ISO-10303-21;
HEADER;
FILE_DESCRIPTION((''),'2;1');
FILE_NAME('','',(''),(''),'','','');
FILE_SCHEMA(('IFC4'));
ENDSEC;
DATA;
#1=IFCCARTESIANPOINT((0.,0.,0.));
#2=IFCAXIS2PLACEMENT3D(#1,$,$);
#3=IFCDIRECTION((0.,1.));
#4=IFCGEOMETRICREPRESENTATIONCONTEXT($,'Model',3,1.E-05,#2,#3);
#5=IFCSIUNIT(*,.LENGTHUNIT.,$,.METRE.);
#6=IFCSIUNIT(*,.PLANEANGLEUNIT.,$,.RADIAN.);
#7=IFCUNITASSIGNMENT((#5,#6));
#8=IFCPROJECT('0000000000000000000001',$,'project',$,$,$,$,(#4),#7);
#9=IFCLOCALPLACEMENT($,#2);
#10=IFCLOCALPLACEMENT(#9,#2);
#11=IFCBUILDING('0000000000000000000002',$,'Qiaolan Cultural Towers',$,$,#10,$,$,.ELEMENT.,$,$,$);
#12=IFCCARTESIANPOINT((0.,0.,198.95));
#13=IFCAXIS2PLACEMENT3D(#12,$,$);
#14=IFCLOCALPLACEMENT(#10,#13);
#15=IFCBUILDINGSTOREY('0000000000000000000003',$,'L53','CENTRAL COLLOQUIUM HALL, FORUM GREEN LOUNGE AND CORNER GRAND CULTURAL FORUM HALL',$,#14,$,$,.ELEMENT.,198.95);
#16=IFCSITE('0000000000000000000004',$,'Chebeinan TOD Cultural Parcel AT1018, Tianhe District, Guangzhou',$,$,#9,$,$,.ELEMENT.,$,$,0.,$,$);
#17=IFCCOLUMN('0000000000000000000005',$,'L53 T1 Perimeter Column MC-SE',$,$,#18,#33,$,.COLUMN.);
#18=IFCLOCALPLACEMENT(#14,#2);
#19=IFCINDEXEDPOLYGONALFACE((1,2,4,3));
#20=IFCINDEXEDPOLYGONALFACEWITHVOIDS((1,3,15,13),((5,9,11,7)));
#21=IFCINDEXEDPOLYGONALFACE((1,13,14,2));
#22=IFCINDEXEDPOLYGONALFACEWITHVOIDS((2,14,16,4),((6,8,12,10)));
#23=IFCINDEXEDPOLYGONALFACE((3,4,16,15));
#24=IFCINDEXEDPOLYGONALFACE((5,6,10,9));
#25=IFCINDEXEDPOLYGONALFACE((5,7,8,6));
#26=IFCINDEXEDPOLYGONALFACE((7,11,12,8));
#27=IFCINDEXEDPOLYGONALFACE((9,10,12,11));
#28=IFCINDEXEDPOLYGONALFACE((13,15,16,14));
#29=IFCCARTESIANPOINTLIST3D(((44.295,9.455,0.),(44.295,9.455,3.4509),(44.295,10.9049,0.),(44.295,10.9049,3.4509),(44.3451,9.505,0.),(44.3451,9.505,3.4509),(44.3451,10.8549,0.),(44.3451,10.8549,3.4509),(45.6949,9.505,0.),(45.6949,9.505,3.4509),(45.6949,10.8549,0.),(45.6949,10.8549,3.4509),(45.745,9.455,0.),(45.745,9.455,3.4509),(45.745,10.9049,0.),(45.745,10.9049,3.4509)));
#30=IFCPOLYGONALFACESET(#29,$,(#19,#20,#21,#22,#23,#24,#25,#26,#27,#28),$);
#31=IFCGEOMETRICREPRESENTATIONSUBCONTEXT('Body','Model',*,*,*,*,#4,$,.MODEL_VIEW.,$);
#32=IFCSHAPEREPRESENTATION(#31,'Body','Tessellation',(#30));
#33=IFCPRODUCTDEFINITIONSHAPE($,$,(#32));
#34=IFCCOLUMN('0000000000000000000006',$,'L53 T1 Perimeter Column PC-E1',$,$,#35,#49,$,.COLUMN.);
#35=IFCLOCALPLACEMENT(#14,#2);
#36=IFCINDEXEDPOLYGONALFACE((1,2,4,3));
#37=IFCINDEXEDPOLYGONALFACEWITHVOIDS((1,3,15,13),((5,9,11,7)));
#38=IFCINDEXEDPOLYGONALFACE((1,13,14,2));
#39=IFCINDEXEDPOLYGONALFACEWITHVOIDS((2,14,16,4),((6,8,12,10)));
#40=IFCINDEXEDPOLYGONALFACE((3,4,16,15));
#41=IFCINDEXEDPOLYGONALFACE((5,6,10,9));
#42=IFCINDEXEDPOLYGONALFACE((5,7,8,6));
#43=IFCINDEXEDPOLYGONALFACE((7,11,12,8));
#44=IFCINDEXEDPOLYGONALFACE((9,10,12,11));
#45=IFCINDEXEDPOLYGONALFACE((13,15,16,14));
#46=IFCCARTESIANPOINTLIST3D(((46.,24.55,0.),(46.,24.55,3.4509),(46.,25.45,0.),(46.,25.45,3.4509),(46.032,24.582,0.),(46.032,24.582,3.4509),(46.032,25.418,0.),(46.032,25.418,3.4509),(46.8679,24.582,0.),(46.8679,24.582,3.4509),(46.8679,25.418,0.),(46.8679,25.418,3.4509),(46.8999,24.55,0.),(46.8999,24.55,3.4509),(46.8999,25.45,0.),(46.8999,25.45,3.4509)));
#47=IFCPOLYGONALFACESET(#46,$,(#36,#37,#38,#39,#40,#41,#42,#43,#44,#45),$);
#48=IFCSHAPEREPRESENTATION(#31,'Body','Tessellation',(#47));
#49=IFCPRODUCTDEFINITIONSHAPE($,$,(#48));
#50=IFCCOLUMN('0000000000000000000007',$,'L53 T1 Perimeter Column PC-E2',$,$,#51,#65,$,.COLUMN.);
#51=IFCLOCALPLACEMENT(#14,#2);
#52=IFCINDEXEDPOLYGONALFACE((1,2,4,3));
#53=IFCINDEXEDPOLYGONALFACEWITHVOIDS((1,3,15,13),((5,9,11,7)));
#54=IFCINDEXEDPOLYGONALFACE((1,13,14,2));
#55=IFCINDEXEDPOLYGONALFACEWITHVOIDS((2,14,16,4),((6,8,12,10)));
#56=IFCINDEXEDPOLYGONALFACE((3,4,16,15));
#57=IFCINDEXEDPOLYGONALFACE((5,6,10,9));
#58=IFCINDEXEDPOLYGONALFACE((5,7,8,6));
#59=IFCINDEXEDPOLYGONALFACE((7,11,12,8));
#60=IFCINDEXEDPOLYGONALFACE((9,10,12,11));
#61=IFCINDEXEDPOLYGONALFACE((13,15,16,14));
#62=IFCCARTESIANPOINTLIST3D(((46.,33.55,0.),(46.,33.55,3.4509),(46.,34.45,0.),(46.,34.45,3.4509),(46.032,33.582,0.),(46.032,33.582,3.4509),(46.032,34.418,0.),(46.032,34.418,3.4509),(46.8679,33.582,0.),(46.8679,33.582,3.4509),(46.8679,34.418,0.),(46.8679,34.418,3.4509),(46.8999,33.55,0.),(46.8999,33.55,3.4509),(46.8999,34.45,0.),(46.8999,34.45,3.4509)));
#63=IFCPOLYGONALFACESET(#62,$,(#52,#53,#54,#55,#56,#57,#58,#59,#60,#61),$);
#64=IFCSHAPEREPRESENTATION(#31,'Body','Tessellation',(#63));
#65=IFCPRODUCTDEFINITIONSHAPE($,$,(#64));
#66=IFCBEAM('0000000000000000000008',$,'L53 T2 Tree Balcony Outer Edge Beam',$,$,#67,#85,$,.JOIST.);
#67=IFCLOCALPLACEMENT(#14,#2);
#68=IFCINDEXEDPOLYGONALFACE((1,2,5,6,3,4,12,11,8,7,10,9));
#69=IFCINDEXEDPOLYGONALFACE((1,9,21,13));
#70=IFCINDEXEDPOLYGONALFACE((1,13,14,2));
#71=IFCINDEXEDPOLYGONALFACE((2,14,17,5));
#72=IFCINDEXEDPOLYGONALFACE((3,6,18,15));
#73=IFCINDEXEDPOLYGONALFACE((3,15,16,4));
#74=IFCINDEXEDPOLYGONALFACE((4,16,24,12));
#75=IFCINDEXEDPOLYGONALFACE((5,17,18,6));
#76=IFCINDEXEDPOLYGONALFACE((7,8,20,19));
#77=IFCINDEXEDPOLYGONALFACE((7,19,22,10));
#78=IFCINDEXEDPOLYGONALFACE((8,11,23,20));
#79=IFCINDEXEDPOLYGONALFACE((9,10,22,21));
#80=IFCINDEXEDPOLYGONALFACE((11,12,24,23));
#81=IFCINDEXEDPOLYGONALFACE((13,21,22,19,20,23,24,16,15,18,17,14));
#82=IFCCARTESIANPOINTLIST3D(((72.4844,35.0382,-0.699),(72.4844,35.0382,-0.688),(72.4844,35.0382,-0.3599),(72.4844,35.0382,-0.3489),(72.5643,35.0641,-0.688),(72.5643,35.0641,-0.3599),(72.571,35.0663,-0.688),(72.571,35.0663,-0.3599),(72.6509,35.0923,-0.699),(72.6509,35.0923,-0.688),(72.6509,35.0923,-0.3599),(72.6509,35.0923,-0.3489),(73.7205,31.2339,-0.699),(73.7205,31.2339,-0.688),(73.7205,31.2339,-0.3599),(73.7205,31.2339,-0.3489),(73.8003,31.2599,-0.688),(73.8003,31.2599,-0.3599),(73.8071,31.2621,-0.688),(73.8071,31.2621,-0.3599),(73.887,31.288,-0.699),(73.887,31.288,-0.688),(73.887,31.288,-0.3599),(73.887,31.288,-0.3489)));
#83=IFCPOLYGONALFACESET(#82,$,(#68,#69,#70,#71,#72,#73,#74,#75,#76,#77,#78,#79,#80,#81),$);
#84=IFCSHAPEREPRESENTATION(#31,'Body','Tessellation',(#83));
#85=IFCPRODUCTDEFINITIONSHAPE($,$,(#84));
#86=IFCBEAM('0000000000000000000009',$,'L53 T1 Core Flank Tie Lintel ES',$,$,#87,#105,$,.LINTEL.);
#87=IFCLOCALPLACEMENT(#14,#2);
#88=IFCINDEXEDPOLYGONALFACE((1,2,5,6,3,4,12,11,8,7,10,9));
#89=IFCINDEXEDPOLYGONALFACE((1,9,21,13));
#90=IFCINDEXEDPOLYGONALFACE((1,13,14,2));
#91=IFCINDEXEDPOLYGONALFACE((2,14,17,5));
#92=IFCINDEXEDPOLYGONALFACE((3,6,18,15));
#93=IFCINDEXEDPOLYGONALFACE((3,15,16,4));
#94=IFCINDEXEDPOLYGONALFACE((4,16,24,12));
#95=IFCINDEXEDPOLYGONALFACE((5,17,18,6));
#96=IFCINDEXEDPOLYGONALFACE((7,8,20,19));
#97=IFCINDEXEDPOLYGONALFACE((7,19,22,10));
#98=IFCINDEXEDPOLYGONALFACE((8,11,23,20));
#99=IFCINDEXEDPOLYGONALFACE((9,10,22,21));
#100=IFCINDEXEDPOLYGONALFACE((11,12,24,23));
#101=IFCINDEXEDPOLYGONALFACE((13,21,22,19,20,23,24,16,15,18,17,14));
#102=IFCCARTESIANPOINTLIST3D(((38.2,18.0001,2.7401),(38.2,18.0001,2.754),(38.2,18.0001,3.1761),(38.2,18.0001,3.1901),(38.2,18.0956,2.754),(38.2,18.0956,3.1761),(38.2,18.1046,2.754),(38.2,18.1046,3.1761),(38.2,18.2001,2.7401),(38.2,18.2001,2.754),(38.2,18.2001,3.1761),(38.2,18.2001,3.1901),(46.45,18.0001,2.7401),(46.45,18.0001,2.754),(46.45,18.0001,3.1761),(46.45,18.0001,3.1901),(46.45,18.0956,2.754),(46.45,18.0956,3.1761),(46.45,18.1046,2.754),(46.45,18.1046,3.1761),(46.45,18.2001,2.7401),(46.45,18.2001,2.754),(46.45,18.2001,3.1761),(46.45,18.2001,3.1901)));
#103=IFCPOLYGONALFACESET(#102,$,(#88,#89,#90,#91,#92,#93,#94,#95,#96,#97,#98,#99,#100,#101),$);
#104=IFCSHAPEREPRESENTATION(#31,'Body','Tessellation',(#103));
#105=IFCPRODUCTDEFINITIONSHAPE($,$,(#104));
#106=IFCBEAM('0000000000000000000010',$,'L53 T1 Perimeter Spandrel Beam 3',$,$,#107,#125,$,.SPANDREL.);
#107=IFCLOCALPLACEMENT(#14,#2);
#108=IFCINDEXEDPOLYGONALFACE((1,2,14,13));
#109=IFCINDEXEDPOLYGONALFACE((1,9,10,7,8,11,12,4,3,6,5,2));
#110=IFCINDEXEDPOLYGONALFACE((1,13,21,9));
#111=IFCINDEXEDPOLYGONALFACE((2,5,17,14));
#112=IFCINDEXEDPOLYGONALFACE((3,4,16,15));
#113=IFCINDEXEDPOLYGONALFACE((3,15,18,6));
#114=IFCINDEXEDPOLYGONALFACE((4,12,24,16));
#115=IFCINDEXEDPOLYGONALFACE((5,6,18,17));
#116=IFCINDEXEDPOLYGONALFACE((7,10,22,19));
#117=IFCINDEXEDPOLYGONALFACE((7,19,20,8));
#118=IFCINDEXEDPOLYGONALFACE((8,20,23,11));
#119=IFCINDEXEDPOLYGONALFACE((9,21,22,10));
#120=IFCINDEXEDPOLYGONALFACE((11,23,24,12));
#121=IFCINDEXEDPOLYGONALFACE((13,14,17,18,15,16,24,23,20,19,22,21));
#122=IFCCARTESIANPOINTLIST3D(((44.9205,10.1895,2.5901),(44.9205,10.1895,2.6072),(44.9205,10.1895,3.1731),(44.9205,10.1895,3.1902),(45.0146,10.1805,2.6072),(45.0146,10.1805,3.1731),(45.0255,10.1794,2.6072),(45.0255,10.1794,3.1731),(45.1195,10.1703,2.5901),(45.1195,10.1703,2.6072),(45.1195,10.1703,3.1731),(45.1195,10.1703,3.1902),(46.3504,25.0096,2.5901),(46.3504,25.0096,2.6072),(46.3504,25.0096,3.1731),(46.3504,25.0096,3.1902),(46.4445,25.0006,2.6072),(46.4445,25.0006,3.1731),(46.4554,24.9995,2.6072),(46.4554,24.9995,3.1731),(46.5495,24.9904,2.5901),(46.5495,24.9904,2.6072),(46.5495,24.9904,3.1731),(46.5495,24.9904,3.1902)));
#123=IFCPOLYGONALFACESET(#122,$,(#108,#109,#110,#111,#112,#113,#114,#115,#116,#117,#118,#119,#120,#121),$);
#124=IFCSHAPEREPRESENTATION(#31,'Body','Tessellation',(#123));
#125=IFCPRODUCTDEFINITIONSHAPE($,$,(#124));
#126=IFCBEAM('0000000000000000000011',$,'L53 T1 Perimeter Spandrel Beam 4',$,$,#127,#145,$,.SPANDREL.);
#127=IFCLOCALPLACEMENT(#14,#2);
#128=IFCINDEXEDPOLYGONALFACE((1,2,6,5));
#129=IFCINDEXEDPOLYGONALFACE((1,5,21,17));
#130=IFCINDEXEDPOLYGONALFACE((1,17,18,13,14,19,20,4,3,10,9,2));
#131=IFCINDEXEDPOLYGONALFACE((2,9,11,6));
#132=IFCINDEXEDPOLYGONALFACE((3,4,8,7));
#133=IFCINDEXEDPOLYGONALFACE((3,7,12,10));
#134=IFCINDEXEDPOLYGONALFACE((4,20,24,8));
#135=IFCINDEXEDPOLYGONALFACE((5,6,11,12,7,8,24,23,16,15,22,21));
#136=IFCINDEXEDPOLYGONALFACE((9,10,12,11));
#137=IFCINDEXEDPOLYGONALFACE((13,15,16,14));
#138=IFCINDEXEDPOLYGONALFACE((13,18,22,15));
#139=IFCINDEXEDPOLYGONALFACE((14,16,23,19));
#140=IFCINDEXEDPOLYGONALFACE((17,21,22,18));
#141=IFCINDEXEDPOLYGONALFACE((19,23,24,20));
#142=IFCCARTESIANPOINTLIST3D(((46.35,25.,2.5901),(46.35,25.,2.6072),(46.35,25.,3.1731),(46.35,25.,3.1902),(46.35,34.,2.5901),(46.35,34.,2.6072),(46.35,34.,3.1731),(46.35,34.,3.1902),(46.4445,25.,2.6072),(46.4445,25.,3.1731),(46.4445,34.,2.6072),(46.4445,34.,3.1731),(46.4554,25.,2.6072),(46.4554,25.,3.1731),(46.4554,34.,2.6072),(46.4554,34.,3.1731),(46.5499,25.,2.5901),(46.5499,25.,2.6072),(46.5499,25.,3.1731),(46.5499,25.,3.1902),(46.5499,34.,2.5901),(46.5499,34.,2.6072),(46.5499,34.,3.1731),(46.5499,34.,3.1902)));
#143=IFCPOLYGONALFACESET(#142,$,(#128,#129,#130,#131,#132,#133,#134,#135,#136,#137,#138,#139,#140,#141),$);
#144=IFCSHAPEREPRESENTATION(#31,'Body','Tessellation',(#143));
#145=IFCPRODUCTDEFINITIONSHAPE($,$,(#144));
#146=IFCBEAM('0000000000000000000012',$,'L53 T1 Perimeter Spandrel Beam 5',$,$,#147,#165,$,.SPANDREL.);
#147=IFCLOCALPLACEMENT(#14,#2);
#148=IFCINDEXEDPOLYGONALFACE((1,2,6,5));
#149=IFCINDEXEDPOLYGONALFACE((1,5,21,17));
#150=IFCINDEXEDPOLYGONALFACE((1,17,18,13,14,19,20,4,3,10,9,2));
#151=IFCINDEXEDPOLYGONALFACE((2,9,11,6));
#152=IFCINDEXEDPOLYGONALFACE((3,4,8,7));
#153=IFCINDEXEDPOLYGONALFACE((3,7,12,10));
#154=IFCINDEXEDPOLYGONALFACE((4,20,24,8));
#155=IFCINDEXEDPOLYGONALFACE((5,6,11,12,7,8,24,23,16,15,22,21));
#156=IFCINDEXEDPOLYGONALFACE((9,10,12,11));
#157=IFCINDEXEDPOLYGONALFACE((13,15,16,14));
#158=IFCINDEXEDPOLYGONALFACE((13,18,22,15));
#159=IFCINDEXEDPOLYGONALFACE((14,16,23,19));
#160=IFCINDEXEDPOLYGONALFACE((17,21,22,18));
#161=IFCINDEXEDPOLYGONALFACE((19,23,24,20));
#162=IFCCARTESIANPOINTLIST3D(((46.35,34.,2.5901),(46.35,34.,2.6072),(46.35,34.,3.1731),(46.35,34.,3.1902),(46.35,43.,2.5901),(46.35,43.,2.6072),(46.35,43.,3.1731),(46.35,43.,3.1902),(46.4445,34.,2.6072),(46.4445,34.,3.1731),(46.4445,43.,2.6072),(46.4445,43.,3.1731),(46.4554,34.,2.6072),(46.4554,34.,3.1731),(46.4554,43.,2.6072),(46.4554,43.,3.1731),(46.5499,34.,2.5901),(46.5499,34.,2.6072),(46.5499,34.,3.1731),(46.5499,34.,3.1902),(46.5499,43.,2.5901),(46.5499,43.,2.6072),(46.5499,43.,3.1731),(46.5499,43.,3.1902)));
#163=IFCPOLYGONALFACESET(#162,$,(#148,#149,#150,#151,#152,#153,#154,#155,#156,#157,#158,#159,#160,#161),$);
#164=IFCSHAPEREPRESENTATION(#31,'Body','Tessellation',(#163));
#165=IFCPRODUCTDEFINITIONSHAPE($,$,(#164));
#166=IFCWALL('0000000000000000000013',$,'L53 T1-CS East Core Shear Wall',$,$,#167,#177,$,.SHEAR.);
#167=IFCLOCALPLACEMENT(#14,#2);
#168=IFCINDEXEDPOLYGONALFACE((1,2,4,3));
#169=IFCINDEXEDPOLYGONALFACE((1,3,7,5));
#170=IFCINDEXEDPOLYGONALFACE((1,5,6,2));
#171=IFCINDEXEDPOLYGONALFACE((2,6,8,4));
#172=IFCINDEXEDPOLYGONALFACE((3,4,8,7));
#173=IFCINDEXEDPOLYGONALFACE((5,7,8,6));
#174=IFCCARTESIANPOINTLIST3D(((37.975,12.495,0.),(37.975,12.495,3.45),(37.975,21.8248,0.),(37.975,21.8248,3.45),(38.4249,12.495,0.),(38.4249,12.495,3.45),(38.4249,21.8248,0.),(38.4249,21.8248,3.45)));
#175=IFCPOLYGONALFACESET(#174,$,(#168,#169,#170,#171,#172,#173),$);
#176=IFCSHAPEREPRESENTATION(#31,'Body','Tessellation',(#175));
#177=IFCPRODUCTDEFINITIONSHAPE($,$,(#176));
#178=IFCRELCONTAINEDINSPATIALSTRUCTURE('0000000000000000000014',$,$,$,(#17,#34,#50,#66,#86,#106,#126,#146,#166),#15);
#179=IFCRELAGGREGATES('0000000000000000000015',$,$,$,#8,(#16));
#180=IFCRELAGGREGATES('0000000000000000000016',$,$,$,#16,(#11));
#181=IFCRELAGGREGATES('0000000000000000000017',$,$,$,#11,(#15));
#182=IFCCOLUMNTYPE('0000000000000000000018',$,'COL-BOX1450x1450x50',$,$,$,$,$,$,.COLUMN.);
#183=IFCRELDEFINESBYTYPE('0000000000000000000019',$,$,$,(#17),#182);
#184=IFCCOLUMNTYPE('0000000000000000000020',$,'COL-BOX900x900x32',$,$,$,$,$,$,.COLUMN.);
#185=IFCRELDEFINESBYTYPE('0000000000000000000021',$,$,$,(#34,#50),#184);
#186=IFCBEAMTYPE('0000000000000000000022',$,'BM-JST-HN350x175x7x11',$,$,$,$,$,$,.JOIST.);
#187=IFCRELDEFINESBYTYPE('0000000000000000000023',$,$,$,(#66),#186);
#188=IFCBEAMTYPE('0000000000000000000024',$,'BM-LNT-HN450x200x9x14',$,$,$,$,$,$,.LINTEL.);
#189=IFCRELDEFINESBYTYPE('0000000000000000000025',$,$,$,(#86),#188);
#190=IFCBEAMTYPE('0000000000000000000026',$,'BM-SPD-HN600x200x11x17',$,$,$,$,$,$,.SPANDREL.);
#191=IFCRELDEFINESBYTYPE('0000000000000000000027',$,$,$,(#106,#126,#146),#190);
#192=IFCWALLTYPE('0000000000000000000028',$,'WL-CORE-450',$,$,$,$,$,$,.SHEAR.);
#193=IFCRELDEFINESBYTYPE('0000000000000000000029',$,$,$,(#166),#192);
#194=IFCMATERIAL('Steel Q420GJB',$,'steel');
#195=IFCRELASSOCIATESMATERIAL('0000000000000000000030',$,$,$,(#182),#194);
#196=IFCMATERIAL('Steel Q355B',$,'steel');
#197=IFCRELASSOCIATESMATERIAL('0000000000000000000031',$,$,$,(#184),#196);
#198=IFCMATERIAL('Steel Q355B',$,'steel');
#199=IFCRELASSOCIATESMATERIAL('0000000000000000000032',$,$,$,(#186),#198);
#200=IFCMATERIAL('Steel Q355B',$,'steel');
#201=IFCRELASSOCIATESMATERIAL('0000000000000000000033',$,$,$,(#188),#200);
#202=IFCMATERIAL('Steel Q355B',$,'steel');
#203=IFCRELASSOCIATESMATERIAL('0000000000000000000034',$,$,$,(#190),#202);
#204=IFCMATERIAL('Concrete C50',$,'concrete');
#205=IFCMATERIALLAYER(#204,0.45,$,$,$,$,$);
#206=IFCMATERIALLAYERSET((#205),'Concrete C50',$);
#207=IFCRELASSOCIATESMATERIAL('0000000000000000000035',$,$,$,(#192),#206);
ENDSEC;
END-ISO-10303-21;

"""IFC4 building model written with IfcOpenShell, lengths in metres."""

from ifc_helpers import new_model, si_unit, direction, frame, frame_2d, origin, origin_2d, place, context, subcontext, project, spatial, rectangle, hollow_rectangle, i_section, extrude, material, layer, layer_set, material_profile, profile_set, type_object, element, save


model = new_model("IFC4")

# Units and contexts
model_context = context("Model", 3, precision=1e-05, world=origin(), true_north=direction((0.0, 1.0)))
body_context = subcontext(model_context, "Body", "Model", "MODEL_VIEW")
ifc_project = project(units=[si_unit("LENGTHUNIT", "METRE"), si_unit("PLANEANGLEUNIT", "RADIAN")], contexts=[model_context])

# Site, building, storey
site_placement = place(None, origin())
site = spatial("IfcSite", under=ifc_project, at=site_placement, Name="Chebeinan TOD Cultural Parcel AT1018, Tianhe District, Guangzhou", CompositionType="ELEMENT", RefElevation=0.0)
building_placement = place(site_placement, origin())
building = spatial("IfcBuilding", under=site, at=building_placement, Name="Qiaolan Cultural Towers", CompositionType="ELEMENT")
storey_placement = place(building_placement, frame((0.0, 0.0, 198.95)))
storey = spatial("IfcBuildingStorey", under=building, at=storey_placement, Name="L53", Description="CENTRAL COLLOQUIUM HALL, FORUM GREEN LOUNGE AND CORNER GRAND CULTURAL FORUM HALL", CompositionType="ELEMENT", Elevation=198.95)

# Columns
ifc_material_1 = material(Name="Steel Q420GJB", Category="steel")
ifc_material_profile_1 = material_profile(ifc_material_1, hollow_rectangle(XDim=1.45, YDim=1.45, WallThickness=0.05, at=origin_2d()), Name="BOX1450x1450x50")
ifc_profile_set_1 = profile_set([ifc_material_profile_1], Name="Steel Q420GJB")
column_type_1 = type_object("IfcColumnType", Name="COL-BOX1450x1450x50", PredefinedType="COLUMN", material=ifc_profile_set_1)
column_placement = place(storey_placement, frame((45.02, 10.1799, 0.0), z_axis=(0.0, 0.0, 1.0), x_axis=(1.0, 0.0, 0.0)))
element("IfcColumn", 1, at=column_placement, inside=storey, type_object=column_type_1, Name="L53 T1 Perimeter Column MC-SE", PredefinedType="COLUMN", context=body_context, shape_type="SweptSolid", body=[
    extrude(hollow_rectangle(XDim=1.45, YDim=1.45, WallThickness=0.05, at=origin_2d()), origin(), (0.0, 0.0, 1.0), 3.4509),
])
ifc_material_2 = material(Name="Steel Q355B", Category="steel")
ifc_material_profile_2 = material_profile(ifc_material_2, hollow_rectangle(XDim=0.8999, YDim=0.8999, WallThickness=0.032, at=origin_2d()), Name="BOX900x900x32")
ifc_profile_set_2 = profile_set([ifc_material_profile_2], Name="Steel Q355B")
column_type_2 = type_object("IfcColumnType", Name="COL-BOX900x900x32", PredefinedType="COLUMN", material=ifc_profile_set_2)
for number, where, z_axis, x_axis, name in (
    (2, (46.45, 25.0, 0.0), (0.0, 0.0, 1.0), (1.0, 0.0, 0.0), "L53 T1 Perimeter Column PC-E1"),
    (3, (46.45, 34.0, 0.0), (0.0, 0.0, 1.0), (1.0, 0.0, 0.0), "L53 T1 Perimeter Column PC-E2"),
):
    element("IfcColumn", number, at=place(storey_placement, frame(where, z_axis=z_axis, x_axis=x_axis)), inside=storey, type_object=column_type_2, Name=name, PredefinedType="COLUMN", context=body_context, shape_type="SweptSolid", body=[
        extrude(hollow_rectangle(XDim=0.8999, YDim=0.8999, WallThickness=0.032, at=origin_2d()), origin(), (0.0, 0.0, 1.0), 3.4509),
    ])

# Beams
ifc_material_3 = material(Name="Steel Q355B", Category="steel")
ifc_material_profile_3 = material_profile(ifc_material_3, i_section(OverallWidth=0.175, OverallDepth=0.3501, WebThickness=0.0071, FlangeThickness=0.011, at=origin_2d()), Name="HN350x175x7x11")
ifc_profile_set_3 = profile_set([ifc_material_profile_3], Name="Steel Q355B")
beam_type_1 = type_object("IfcBeamType", Name="BM-JST-HN350x175x7x11", PredefinedType="JOIST", material=ifc_profile_set_3)
beam_1_placement = place(storey_placement, frame((73.8037, 31.261, -0.5239), z_axis=(-0.309023, 0.951055, 0.0), x_axis=(-0.951055, -0.309023, 0.0)))
element("IfcBeam", 4, at=beam_1_placement, inside=storey, type_object=beam_type_1, Name="L53 T2 Tree Balcony Outer Edge Beam", PredefinedType="JOIST", context=body_context, shape_type="SweptSolid", body=[
    extrude(i_section(OverallWidth=0.175, OverallDepth=0.3501, WebThickness=0.0071, FlangeThickness=0.011, at=origin_2d()), origin(), (0.0, 0.0, 1.0), 4.0),
])
ifc_material_4 = material(Name="Steel Q355B", Category="steel")
ifc_material_profile_4 = material_profile(ifc_material_4, i_section(OverallWidth=0.2, OverallDepth=0.45, WebThickness=0.009, FlangeThickness=0.0139, at=origin_2d()), Name="HN450x200x9x14")
ifc_profile_set_4 = profile_set([ifc_material_profile_4], Name="Steel Q355B")
beam_type_2 = type_object("IfcBeamType", Name="BM-LNT-HN450x200x9x14", PredefinedType="LINTEL", material=ifc_profile_set_4)
beam_2_placement = place(storey_placement, frame((38.2, 18.1001, 2.9651), z_axis=(1.0, 0.0, 0.0), x_axis=(0.0, 1.0, 0.0)))
element("IfcBeam", 5, at=beam_2_placement, inside=storey, type_object=beam_type_2, Name="L53 T1 Core Flank Tie Lintel ES", PredefinedType="LINTEL", context=body_context, shape_type="SweptSolid", body=[
    extrude(i_section(OverallWidth=0.2, OverallDepth=0.45, WebThickness=0.009, FlangeThickness=0.0139, at=origin_2d()), origin(), (0.0, 0.0, 1.0), 8.25),
])
ifc_material_5 = material(Name="Steel Q355B", Category="steel")
ifc_material_profile_5 = material_profile(ifc_material_5, i_section(OverallWidth=0.2, OverallDepth=0.6001, WebThickness=0.011, FlangeThickness=0.0171, at=origin_2d()), Name="HN600x200x11x17")
ifc_profile_set_5 = profile_set([ifc_material_profile_5], Name="Steel Q355B")
beam_type_3 = type_object("IfcBeamType", Name="BM-SPD-HN600x200x11x17", PredefinedType="SPANDREL", material=ifc_profile_set_5)
beam_3_placement = place(storey_placement, frame((45.02, 10.1799, 2.8901), z_axis=(0.09604, 0.995377, 0.0), x_axis=(-0.995377, 0.09604, 0.0)))
element("IfcBeam", 6, at=beam_3_placement, inside=storey, type_object=beam_type_3, Name="L53 T1 Perimeter Spandrel Beam 3", PredefinedType="SPANDREL", context=body_context, shape_type="SweptSolid", body=[
    extrude(i_section(OverallWidth=0.2, OverallDepth=0.6001, WebThickness=0.011, FlangeThickness=0.0171, at=origin_2d()), origin(), (0.0, 0.0, 1.0), 14.8889),
])
for number, where, z_axis, x_axis, name in (
    (7, (46.45, 25.0, 2.8901), (0.0, 1.0, 0.0), (-1.0, 0.0, 0.0), "L53 T1 Perimeter Spandrel Beam 4"),
    (8, (46.45, 34.0, 2.8901), (0.0, 1.0, 0.0), (-1.0, 0.0, 0.0), "L53 T1 Perimeter Spandrel Beam 5"),
):
    element("IfcBeam", number, at=place(storey_placement, frame(where, z_axis=z_axis, x_axis=x_axis)), inside=storey, type_object=beam_type_3, Name=name, PredefinedType="SPANDREL", context=body_context, shape_type="SweptSolid", body=[
        extrude(i_section(OverallWidth=0.2, OverallDepth=0.6001, WebThickness=0.011, FlangeThickness=0.0171, at=origin_2d()), origin(), (0.0, 0.0, 1.0), 9.0),
    ])

# Wall
ifc_material_6 = material(Name="Concrete C50", Category="concrete")
ifc_layer_1 = layer(ifc_material_6, 0.45)
ifc_layer_set_1 = layer_set([ifc_layer_1], Name="Concrete C50")
wall_type_1 = type_object("IfcWallType", Name="WL-CORE-450", PredefinedType="SHEAR", material=ifc_layer_set_1)
wall_1_placement = place(storey_placement, frame((38.2, 21.825, 0.0), z_axis=(0.0, 0.0, 1.0), x_axis=(0.0, -1.0, 0.0)))
element("IfcWall", 9, at=wall_1_placement, inside=storey, type_object=wall_type_1, Name="L53 T1-CS East Core Shear Wall", PredefinedType="SHEAR", context=body_context, shape_type="SweptSolid", body=[
    extrude(rectangle(XDim=9.3298, YDim=0.45, at=frame_2d((4.665, 0.0))), origin(), (0.0, 0.0, 1.0), 3.45),
])

save(model, "model.ifc")
